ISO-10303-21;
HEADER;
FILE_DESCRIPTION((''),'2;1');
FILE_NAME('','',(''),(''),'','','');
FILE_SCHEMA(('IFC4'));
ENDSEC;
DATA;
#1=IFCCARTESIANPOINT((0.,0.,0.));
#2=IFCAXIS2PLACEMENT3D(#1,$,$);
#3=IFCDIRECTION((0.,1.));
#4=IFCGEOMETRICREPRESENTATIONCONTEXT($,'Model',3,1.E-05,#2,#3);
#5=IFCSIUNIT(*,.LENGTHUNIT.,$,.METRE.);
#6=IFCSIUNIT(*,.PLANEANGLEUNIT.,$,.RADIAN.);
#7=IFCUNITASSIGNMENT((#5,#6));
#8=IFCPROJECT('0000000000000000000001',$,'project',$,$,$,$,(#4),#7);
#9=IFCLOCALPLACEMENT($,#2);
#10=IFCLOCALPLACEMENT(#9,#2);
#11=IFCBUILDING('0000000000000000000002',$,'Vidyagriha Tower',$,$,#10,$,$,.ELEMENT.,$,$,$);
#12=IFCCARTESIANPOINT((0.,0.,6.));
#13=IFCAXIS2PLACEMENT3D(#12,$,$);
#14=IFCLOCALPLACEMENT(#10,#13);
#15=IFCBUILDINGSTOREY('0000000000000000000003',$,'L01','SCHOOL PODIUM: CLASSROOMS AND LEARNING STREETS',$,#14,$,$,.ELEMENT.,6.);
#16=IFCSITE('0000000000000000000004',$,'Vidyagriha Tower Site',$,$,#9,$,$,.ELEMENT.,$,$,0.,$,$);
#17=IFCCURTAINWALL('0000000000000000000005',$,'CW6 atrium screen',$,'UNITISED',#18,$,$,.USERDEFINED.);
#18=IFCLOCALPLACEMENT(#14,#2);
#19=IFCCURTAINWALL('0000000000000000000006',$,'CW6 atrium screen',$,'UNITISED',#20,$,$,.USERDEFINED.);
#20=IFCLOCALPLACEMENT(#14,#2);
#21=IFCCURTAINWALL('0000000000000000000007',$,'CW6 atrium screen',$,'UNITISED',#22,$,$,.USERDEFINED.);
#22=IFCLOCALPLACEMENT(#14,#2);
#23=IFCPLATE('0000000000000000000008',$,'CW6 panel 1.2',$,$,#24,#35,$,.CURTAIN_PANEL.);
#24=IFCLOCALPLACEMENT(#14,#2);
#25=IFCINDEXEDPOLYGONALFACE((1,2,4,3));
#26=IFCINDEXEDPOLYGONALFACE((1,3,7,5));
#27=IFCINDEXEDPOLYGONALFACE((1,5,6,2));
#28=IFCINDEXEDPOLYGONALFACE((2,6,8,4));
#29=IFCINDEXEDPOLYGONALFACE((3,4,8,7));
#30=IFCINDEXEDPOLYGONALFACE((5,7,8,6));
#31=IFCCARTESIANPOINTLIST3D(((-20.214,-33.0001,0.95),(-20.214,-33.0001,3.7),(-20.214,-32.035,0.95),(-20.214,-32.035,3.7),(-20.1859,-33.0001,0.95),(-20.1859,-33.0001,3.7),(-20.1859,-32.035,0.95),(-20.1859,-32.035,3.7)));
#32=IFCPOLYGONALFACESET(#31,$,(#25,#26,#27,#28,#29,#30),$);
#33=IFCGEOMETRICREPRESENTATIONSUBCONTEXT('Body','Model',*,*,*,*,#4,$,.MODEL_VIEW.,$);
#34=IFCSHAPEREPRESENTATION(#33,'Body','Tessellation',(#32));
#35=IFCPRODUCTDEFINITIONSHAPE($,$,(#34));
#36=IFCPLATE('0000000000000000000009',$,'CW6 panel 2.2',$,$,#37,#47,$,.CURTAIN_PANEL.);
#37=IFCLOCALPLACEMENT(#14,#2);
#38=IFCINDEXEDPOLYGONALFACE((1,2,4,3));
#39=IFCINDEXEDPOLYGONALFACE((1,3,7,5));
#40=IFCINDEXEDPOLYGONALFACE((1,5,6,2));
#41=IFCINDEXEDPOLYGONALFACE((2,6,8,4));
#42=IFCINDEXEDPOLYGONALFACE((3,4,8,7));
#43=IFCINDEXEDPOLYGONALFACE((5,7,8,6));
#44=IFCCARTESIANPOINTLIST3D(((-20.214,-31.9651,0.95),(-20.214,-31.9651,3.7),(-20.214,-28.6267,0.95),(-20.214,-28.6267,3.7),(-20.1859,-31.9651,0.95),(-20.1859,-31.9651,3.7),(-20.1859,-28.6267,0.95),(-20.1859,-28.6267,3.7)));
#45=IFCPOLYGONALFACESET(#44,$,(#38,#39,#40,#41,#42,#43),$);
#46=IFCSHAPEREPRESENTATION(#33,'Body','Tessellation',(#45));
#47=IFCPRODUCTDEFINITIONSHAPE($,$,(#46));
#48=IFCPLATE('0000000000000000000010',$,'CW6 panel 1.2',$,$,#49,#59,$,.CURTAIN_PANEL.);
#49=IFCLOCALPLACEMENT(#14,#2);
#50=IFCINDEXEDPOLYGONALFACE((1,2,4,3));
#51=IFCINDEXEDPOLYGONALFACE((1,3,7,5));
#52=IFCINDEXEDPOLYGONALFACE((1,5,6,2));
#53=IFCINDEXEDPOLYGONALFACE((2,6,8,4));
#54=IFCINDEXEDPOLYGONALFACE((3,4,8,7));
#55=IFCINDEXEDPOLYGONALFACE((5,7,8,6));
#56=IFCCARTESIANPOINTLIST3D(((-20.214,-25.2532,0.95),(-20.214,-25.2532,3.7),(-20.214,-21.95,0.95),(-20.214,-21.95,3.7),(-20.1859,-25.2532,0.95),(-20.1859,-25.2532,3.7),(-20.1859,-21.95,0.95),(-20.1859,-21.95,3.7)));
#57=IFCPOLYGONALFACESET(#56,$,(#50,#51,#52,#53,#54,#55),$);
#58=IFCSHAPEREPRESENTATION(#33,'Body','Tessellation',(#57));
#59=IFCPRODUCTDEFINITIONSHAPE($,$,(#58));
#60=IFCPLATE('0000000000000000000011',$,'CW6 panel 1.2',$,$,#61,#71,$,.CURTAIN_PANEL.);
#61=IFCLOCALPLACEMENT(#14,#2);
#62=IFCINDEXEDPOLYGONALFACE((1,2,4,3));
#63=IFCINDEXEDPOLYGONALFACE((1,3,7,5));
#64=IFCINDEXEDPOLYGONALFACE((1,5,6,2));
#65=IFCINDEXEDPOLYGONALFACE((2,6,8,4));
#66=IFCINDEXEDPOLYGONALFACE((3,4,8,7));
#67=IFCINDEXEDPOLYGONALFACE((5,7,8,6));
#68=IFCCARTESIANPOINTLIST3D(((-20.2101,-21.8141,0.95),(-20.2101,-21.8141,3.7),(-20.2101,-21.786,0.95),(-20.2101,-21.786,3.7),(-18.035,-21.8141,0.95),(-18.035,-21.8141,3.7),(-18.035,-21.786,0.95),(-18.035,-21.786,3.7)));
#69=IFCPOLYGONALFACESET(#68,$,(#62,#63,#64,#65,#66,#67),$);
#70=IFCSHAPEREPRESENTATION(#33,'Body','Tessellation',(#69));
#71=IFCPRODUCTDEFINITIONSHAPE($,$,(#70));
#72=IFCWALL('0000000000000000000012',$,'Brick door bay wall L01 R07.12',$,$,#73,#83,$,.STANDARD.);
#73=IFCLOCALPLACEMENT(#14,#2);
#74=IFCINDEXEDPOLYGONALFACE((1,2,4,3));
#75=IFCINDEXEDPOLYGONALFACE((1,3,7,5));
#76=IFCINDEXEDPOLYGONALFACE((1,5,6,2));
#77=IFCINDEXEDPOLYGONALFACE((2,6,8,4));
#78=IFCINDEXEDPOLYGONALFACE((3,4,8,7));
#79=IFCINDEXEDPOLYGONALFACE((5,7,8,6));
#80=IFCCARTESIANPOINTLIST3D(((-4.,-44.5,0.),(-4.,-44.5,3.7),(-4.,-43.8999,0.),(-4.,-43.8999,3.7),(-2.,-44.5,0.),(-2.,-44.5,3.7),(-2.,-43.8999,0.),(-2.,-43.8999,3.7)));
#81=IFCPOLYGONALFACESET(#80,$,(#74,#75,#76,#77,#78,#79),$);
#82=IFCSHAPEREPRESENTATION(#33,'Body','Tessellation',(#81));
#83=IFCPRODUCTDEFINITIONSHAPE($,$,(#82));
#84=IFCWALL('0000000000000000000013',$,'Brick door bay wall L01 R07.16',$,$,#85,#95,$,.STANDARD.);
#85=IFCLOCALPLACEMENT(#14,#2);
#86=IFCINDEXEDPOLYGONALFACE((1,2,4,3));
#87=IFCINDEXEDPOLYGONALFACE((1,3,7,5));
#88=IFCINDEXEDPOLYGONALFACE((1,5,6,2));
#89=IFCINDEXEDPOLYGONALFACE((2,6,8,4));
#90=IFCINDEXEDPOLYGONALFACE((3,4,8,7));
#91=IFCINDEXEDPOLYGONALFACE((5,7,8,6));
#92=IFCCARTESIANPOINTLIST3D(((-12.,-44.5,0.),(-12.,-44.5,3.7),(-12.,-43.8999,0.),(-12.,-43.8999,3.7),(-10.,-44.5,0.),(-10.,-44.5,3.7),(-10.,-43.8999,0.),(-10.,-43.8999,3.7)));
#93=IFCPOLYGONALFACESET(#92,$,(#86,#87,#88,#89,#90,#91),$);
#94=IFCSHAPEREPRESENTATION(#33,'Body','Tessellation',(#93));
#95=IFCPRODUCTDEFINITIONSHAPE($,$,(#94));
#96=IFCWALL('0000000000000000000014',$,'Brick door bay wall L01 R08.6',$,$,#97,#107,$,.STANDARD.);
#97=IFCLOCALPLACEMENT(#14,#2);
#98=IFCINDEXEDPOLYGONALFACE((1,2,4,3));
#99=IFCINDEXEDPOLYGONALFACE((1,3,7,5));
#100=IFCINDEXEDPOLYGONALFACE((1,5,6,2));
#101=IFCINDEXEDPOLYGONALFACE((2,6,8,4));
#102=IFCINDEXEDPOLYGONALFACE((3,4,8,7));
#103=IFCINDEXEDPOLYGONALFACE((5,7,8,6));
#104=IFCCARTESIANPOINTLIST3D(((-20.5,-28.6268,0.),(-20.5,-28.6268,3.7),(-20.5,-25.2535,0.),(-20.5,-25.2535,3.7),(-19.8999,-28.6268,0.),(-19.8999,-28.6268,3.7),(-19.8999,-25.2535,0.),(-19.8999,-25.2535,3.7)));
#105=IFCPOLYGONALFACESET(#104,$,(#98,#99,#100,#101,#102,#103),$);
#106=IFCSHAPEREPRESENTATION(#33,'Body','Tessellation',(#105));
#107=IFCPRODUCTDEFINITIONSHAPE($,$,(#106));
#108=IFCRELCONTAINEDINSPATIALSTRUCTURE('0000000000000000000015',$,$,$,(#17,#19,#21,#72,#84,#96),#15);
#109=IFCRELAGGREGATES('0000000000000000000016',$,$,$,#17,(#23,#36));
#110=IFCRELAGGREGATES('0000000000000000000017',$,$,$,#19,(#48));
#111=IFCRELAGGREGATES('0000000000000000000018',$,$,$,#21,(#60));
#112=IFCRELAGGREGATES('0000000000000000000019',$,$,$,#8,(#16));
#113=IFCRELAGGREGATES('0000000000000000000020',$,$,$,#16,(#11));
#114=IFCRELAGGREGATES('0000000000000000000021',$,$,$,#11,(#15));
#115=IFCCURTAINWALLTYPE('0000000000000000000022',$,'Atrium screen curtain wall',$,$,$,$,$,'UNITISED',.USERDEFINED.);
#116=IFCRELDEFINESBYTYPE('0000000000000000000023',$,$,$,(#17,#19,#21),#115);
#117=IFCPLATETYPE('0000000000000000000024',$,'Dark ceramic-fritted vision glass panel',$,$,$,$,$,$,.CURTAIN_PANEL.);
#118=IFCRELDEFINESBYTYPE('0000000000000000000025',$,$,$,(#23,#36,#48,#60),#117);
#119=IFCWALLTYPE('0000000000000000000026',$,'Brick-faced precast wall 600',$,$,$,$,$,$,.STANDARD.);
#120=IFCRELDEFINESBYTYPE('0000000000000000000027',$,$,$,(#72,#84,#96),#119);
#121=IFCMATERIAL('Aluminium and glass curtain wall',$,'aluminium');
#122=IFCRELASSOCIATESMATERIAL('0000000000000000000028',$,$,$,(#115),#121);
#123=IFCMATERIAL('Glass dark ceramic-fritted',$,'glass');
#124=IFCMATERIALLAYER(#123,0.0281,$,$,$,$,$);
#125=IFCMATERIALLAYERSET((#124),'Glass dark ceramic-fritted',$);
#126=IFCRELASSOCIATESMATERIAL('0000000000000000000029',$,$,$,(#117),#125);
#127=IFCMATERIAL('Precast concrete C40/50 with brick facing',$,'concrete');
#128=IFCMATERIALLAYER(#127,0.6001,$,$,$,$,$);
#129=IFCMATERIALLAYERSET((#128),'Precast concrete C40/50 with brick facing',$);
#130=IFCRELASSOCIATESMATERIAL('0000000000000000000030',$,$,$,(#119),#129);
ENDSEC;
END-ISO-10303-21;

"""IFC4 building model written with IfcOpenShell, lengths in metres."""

from ifc_helpers import new_model, si_unit, direction, frame, frame_2d, origin, origin_2d, place, context, subcontext, project, spatial, rectangle, extrude, material, layer, layer_set, type_object, element, aggregate, save


model = new_model("IFC4")

# Units and contexts
model_context = context("Model", 3, precision=1e-05, world=origin(), true_north=direction((0.0, 1.0)))
body_context = subcontext(model_context, "Body", "Model", "MODEL_VIEW")
ifc_project = project(units=[si_unit("LENGTHUNIT", "METRE"), si_unit("PLANEANGLEUNIT", "RADIAN")], contexts=[model_context])

# Site, building, storey
site_placement = place(None, origin())
site = spatial("IfcSite", under=ifc_project, at=site_placement, Name="Vidyagriha Tower Site", CompositionType="ELEMENT", RefElevation=0.0)
building_placement = place(site_placement, origin())
building = spatial("IfcBuilding", under=site, at=building_placement, Name="Vidyagriha Tower", CompositionType="ELEMENT")
storey_placement = place(building_placement, frame((0.0, 0.0, 6.0)))
storey = spatial("IfcBuildingStorey", under=building, at=storey_placement, Name="L01", Description="SCHOOL PODIUM: CLASSROOMS AND LEARNING STREETS", CompositionType="ELEMENT", Elevation=6.0)

# Curtain walls
ifc_material_1 = material(Name="Aluminium and glass curtain wall", Category="aluminium")
curtain_wall_type = type_object("IfcCurtainWallType", Name="Atrium screen curtain wall", ElementType="UNITISED", PredefinedType="USERDEFINED", material=ifc_material_1)
curtain_wall_1_placement = place(storey_placement, origin())
curtain_wall_1 = element("IfcCurtainWall", 1, at=curtain_wall_1_placement, inside=storey, type_object=curtain_wall_type, Name="CW6 atrium screen", ObjectType="UNITISED", PredefinedType="USERDEFINED")
curtain_wall_2_placement = place(storey_placement, origin())
curtain_wall_2 = element("IfcCurtainWall", 2, at=curtain_wall_2_placement, inside=storey, type_object=curtain_wall_type, Name="CW6 atrium screen", ObjectType="UNITISED", PredefinedType="USERDEFINED")
curtain_wall_3_placement = place(storey_placement, origin())
curtain_wall_3 = element("IfcCurtainWall", 3, at=curtain_wall_3_placement, inside=storey, type_object=curtain_wall_type, Name="CW6 atrium screen", ObjectType="UNITISED", PredefinedType="USERDEFINED")

# Plates
ifc_material_2 = material(Name="Glass dark ceramic-fritted", Category="glass")
ifc_layer_1 = layer(ifc_material_2, 0.0281)
ifc_layer_set_1 = layer_set([ifc_layer_1], Name="Glass dark ceramic-fritted")
plate_type_1 = type_object("IfcPlateType", Name="Dark ceramic-fritted vision glass panel", PredefinedType="CURTAIN_PANEL", material=ifc_layer_set_1)
plate_1_placement = place(storey_placement, frame((-20.2, -32.5176, 0.95), z_axis=(0.0, 0.0, 1.0), x_axis=(0.0, 1.0, 0.0)))
plate_1 = element("IfcPlate", 4, at=plate_1_placement, type_object=plate_type_1, Name="CW6 panel 1.2", PredefinedType="CURTAIN_PANEL", context=body_context, shape_type="SweptSolid", body=[
    extrude(rectangle(XDim=0.9651, YDim=0.0281, at=origin_2d()), origin(), (0.0, 0.0, 1.0), 2.75),
])
plate_2_placement = place(storey_placement, frame((-20.2, -30.2959, 0.95), z_axis=(0.0, 0.0, 1.0), x_axis=(0.0, 1.0, 0.0)))
plate_2 = element("IfcPlate", 5, at=plate_2_placement, type_object=plate_type_1, Name="CW6 panel 2.2", PredefinedType="CURTAIN_PANEL", context=body_context, shape_type="SweptSolid", body=[
    extrude(rectangle(XDim=3.3384, YDim=0.0281, at=origin_2d()), origin(), (0.0, 0.0, 1.0), 2.75),
])
aggregate(curtain_wall_1, [plate_1, plate_2])
plate_3_placement = place(storey_placement, frame((-20.2, -23.6016, 0.95), z_axis=(0.0, 0.0, 1.0), x_axis=(0.0, 1.0, 0.0)))
plate_3 = element("IfcPlate", 6, at=plate_3_placement, type_object=plate_type_1, Name="CW6 panel 1.2", PredefinedType="CURTAIN_PANEL", context=body_context, shape_type="SweptSolid", body=[
    extrude(rectangle(XDim=3.3032, YDim=0.0281, at=origin_2d()), origin(), (0.0, 0.0, 1.0), 2.75),
])
aggregate(curtain_wall_2, [plate_3])
plate_4_placement = place(storey_placement, frame((-19.1226, -21.8, 0.95)))
plate_4 = element("IfcPlate", 7, at=plate_4_placement, type_object=plate_type_1, Name="CW6 panel 1.2", PredefinedType="CURTAIN_PANEL", context=body_context, shape_type="SweptSolid", body=[
    extrude(rectangle(XDim=2.175, YDim=0.0281, at=origin_2d()), origin(), (0.0, 0.0, 1.0), 2.75),
])
aggregate(curtain_wall_3, [plate_4])

# Walls
ifc_material_3 = material(Name="Precast concrete C40/50 with brick facing", Category="concrete")
ifc_layer_2 = layer(ifc_material_3, 0.6001)
ifc_layer_set_2 = layer_set([ifc_layer_2], Name="Precast concrete C40/50 with brick facing")
wall_type = type_object("IfcWallType", Name="Brick-faced precast wall 600", PredefinedType="STANDARD", material=ifc_layer_set_2)
for number, where, z_axis, x_axis, name in (
    (8, (-2.0, -44.2, 0.0), (0.0, 0.0, 1.0), (-1.0, 0.0, 0.0), "Brick door bay wall L01 R07.12"),
    (9, (-10.0, -44.2, 0.0), (0.0, 0.0, 1.0), (-1.0, 0.0, 0.0), "Brick door bay wall L01 R07.16"),
):
    element("IfcWall", number, at=place(storey_placement, frame(where, z_axis=z_axis, x_axis=x_axis)), inside=storey, type_object=wall_type, Name=name, PredefinedType="STANDARD", context=body_context, shape_type="SweptSolid", body=[
        extrude(rectangle(XDim=2.0, YDim=0.6001, at=frame_2d((1.0, 0.0))), origin(), (0.0, 0.0, 1.0), 3.7),
    ])
wall_placement = place(storey_placement, frame((-20.2, -28.6267, 0.0), z_axis=(0.0, 0.0, 1.0), x_axis=(0.0, 1.0, 0.0)))
element("IfcWall", 10, at=wall_placement, inside=storey, type_object=wall_type, Name="Brick door bay wall L01 R08.6", PredefinedType="STANDARD", context=body_context, shape_type="SweptSolid", body=[
    extrude(rectangle(XDim=3.3733, YDim=0.6001, at=frame_2d((1.6865, 0.0))), origin(), (0.0, 0.0, 1.0), 3.7),
])

save(model, "model.ifc")
